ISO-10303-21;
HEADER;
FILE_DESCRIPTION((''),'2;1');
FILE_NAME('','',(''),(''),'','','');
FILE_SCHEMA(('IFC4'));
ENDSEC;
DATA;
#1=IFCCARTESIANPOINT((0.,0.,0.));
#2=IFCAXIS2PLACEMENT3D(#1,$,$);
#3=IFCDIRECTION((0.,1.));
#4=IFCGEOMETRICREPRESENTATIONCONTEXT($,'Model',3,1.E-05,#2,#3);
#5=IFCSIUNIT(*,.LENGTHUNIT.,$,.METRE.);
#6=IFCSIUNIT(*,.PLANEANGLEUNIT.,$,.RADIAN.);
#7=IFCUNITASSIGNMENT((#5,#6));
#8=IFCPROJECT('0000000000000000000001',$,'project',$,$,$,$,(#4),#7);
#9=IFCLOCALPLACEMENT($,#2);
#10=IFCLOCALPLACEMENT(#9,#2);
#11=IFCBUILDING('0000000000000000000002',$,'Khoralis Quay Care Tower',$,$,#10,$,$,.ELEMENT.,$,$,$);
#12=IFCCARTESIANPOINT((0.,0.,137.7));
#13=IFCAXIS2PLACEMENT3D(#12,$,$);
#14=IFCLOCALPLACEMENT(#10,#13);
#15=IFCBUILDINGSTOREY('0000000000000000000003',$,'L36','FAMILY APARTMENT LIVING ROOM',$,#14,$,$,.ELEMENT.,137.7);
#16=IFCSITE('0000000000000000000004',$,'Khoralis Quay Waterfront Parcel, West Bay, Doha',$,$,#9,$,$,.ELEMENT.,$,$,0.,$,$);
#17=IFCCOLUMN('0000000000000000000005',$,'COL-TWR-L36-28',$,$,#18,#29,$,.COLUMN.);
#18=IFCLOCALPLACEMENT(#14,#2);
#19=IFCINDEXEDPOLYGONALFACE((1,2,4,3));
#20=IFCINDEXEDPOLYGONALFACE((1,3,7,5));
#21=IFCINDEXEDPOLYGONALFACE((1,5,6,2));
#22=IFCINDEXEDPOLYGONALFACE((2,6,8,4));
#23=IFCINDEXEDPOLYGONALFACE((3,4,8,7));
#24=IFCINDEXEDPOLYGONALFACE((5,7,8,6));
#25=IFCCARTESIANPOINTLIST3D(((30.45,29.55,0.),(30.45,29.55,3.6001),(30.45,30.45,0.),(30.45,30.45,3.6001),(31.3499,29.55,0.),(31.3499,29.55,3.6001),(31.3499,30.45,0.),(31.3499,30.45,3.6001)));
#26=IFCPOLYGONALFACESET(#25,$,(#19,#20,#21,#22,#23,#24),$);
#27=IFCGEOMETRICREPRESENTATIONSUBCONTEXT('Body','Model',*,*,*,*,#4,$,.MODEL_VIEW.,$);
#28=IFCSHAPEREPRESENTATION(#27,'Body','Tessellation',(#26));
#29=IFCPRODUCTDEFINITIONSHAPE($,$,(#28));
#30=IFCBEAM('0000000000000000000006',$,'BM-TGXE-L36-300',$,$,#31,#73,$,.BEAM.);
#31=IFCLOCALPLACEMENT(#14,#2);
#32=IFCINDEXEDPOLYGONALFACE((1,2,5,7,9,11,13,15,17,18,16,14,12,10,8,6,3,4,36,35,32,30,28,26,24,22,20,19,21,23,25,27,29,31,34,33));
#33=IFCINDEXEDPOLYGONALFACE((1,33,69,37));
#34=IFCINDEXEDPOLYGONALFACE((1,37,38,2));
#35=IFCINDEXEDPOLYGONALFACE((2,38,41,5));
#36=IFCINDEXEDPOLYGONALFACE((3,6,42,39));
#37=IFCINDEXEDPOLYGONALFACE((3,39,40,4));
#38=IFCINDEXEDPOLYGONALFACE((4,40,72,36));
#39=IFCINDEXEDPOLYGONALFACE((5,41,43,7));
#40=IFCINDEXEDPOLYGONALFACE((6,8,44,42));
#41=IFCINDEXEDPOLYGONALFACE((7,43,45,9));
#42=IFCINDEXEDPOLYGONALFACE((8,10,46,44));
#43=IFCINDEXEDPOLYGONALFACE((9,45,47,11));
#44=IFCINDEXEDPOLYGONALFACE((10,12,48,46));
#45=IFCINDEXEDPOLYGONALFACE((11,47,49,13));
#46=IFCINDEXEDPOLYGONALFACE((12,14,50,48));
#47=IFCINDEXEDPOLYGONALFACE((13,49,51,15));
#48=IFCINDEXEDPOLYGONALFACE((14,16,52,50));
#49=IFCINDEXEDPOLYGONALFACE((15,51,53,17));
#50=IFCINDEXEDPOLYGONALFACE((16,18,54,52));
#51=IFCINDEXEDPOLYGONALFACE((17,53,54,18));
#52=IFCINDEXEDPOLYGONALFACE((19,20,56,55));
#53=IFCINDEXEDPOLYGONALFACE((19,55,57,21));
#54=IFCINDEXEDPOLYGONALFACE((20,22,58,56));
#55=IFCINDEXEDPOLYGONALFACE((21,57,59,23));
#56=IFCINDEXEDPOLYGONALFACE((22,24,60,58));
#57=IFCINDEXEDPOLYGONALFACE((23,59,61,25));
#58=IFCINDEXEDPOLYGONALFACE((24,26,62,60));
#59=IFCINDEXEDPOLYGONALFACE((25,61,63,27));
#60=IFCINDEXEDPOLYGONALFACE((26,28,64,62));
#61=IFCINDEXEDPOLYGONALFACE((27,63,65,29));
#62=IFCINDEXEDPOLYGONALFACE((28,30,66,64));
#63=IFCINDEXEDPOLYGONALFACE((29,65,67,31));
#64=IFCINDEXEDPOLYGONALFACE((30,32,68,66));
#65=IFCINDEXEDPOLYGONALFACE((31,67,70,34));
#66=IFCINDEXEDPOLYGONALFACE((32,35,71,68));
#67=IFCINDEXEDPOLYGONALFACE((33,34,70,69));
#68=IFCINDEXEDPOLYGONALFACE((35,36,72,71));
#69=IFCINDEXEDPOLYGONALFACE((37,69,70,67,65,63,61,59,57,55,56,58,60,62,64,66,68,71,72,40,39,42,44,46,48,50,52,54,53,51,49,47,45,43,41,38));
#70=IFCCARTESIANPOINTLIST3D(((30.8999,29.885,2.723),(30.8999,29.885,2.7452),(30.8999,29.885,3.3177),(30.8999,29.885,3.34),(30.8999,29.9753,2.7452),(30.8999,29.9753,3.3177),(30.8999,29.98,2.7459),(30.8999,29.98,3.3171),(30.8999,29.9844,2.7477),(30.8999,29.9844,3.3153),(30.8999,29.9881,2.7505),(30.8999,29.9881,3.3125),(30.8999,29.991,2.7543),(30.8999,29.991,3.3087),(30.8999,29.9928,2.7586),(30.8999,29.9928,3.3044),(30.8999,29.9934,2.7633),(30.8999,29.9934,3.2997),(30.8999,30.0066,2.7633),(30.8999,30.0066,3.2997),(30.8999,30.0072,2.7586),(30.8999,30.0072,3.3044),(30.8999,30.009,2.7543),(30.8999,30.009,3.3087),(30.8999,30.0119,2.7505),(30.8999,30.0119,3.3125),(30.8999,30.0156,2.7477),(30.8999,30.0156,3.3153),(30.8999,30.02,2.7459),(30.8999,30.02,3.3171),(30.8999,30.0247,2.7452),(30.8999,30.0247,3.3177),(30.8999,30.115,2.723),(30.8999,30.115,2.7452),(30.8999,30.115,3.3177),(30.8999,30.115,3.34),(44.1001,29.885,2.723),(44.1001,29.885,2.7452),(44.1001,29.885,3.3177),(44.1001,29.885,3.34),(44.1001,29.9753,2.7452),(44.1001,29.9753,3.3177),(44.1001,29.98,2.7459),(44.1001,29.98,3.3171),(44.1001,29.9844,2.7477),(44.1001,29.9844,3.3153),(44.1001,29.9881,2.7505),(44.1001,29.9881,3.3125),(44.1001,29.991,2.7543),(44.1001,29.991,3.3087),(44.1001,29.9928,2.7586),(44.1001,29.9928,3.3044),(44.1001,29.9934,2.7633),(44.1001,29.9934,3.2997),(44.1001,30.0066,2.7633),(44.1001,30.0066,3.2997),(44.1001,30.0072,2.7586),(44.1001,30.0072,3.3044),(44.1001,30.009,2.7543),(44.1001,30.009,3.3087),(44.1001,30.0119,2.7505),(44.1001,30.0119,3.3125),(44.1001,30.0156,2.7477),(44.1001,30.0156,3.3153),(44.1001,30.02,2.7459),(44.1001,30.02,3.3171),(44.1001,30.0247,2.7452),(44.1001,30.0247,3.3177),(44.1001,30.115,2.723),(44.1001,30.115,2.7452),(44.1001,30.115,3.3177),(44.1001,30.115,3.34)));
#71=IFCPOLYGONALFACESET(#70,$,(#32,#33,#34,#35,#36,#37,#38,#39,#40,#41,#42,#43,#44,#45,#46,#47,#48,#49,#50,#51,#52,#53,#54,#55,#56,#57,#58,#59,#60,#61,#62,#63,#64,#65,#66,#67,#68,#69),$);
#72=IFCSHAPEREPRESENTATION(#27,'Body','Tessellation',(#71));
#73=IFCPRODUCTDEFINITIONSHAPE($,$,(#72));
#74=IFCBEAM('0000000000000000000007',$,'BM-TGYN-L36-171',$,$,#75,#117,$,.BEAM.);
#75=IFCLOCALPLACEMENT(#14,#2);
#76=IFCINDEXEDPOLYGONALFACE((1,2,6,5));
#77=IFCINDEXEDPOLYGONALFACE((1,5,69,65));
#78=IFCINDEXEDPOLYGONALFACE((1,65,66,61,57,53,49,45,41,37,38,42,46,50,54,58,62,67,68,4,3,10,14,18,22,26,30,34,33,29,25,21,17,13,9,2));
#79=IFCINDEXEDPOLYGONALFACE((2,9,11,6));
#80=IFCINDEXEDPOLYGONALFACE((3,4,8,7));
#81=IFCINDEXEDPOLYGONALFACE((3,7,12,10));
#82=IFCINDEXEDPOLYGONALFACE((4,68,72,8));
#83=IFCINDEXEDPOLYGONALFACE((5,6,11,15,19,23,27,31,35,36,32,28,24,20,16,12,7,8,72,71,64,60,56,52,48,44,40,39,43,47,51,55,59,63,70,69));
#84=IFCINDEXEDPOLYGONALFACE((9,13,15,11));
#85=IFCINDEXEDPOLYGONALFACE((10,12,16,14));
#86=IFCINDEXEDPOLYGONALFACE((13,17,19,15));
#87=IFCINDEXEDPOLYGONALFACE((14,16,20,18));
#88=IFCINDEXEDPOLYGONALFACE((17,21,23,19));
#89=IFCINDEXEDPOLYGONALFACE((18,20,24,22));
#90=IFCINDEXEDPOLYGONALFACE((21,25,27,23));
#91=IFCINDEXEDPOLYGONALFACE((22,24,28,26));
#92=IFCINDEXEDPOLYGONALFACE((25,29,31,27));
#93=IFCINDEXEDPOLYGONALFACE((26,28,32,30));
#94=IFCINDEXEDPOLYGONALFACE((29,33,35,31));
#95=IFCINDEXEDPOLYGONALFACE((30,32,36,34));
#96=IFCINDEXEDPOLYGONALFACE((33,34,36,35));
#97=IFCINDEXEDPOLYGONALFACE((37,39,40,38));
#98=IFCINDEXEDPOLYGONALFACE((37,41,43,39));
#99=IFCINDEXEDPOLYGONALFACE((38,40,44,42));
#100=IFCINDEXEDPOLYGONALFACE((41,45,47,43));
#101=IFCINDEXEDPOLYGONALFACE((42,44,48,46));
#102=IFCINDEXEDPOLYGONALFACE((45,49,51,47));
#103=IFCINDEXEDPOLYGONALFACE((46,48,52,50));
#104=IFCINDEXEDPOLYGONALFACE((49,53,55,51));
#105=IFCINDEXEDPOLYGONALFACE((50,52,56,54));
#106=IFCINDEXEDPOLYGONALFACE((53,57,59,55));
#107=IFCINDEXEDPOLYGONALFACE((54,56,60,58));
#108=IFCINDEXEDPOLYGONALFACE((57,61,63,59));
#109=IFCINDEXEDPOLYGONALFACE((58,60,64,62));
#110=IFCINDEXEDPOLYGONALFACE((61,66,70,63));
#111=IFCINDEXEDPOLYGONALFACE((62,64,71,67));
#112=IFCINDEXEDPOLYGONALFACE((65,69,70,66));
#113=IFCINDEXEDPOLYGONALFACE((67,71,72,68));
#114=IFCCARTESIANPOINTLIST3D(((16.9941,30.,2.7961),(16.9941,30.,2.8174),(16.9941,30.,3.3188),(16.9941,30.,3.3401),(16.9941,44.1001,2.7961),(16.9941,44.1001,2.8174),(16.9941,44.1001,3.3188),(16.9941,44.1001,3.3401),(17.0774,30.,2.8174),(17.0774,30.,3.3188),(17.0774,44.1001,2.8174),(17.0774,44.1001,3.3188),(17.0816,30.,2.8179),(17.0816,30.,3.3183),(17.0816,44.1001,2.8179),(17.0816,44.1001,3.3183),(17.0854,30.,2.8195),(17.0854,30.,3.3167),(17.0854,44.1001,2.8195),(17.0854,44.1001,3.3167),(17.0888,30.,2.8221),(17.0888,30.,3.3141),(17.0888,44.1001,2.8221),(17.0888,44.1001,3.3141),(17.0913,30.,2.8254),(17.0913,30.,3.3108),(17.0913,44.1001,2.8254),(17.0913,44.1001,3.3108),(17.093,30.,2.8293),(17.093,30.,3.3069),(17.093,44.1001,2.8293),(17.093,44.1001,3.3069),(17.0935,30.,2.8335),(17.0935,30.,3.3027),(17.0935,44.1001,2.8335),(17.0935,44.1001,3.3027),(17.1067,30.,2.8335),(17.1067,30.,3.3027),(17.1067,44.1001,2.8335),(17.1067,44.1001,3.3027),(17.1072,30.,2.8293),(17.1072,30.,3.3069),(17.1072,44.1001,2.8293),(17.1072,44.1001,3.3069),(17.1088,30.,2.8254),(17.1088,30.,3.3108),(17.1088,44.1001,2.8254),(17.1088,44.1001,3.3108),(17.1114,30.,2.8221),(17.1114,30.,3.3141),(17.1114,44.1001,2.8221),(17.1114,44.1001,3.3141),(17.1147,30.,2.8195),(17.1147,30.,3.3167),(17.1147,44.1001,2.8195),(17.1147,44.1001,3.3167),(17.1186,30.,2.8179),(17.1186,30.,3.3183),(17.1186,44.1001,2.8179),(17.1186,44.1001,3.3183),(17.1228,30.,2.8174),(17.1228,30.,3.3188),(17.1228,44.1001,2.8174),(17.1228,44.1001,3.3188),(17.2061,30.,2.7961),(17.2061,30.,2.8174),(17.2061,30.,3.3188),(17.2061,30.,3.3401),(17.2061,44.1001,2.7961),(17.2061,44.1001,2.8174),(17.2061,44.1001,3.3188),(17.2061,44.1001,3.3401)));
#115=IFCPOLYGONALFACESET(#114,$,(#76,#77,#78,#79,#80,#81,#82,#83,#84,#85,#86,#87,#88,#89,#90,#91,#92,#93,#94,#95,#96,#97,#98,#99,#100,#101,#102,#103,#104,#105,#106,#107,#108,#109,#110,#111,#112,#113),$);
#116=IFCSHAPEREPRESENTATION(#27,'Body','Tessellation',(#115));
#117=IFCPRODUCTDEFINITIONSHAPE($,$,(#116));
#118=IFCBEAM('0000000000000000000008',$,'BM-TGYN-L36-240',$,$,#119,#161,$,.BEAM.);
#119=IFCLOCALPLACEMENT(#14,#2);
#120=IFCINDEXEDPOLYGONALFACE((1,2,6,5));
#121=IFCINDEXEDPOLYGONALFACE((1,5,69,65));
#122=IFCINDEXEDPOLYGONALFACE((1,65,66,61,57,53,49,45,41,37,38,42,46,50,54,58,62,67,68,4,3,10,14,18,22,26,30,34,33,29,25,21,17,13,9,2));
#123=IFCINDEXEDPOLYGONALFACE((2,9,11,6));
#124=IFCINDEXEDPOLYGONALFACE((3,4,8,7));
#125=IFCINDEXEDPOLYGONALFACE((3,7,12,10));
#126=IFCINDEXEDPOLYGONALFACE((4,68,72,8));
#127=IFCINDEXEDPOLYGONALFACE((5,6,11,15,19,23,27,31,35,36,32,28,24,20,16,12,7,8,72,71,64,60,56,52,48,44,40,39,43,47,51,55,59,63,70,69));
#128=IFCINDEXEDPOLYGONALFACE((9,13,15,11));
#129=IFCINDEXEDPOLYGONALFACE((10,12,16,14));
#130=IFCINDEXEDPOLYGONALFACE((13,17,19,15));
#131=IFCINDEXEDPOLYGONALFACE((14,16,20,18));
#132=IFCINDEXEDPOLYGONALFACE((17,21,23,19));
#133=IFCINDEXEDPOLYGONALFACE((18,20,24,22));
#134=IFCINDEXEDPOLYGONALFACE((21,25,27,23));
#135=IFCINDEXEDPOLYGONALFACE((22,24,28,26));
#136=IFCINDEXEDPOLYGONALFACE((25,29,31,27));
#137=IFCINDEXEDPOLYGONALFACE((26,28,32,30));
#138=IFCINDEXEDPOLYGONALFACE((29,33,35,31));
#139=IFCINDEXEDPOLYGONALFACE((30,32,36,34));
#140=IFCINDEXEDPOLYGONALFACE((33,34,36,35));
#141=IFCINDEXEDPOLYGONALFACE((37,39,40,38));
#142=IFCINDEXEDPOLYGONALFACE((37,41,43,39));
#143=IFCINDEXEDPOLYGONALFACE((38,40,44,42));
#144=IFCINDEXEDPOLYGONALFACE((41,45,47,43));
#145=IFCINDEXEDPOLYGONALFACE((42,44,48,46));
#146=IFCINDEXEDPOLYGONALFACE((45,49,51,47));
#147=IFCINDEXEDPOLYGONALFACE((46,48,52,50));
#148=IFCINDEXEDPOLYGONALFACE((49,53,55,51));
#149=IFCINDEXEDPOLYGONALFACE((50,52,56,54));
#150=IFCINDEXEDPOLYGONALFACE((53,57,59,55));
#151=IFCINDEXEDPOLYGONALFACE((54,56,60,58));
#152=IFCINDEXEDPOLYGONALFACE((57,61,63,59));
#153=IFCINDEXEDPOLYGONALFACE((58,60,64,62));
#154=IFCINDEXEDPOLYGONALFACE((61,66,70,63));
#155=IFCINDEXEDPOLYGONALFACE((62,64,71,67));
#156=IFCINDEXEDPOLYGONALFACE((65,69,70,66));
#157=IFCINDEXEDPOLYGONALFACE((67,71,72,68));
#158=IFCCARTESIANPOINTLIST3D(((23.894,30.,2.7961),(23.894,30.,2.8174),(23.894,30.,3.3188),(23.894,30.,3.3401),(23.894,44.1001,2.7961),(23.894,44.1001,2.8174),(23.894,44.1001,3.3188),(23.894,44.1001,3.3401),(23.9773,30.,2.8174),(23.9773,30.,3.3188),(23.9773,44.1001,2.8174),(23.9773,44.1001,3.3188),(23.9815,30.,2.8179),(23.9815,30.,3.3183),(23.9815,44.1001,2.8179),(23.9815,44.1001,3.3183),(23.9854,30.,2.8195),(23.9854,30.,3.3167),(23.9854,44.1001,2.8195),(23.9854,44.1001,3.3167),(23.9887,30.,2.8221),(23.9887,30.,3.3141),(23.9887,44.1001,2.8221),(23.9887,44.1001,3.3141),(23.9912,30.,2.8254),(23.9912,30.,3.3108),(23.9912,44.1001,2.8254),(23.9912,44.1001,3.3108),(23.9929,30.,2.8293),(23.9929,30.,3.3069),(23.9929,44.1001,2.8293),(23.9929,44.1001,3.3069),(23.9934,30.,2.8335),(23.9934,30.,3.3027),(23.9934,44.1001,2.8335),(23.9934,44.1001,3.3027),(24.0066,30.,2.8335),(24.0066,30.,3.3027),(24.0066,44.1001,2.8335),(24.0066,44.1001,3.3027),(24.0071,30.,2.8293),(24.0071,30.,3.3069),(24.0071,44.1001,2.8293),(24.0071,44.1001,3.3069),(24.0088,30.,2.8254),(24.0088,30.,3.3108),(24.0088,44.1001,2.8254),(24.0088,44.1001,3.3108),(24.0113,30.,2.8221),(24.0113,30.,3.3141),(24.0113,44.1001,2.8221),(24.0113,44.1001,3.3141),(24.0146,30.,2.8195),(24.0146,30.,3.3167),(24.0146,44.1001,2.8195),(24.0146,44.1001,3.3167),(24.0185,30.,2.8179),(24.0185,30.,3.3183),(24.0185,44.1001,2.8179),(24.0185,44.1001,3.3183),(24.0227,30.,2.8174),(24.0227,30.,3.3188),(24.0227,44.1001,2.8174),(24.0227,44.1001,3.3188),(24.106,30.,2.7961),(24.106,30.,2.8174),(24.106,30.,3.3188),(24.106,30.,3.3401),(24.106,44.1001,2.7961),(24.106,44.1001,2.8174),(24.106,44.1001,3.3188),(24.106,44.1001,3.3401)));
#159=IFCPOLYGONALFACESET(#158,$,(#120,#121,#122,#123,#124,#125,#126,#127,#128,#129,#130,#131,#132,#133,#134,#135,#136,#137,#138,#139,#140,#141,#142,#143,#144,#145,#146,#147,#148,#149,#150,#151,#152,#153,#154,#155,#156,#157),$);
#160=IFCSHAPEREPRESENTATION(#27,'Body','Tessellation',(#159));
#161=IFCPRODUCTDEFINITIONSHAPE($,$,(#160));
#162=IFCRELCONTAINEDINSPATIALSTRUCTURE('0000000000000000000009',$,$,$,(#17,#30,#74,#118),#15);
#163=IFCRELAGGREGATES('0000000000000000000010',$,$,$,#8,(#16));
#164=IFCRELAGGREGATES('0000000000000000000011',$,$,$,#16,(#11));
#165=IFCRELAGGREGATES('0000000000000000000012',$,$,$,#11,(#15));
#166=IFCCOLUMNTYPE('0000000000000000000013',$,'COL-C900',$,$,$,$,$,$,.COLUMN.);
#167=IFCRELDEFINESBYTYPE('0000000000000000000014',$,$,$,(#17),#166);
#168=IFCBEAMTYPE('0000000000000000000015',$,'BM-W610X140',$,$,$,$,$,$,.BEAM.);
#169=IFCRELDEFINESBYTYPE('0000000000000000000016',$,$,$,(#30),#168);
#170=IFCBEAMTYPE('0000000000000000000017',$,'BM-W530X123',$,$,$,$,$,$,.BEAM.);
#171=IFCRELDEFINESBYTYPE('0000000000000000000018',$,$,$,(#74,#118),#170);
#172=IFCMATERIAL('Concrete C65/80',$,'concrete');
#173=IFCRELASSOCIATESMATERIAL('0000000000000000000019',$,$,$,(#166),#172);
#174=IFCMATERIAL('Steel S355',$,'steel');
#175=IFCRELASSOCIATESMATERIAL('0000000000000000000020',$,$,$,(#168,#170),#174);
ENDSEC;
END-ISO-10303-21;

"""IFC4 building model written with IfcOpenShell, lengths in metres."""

from ifc_helpers import new_model, si_unit, direction, frame, origin, origin_2d, place, context, subcontext, project, spatial, rectangle, i_section, extrude, source, transform, mapped, material, material_profile, profile_set, type_object, element, save


model = new_model("IFC4")

# Units and contexts
model_context = context("Model", 3, precision=1e-05, world=origin(), true_north=direction((0.0, 1.0)))
body_context = subcontext(model_context, "Body", "Model", "MODEL_VIEW")
ifc_project = project(units=[si_unit("LENGTHUNIT", "METRE"), si_unit("PLANEANGLEUNIT", "RADIAN")], contexts=[model_context])

# Site, building, storey
site_placement = place(None, origin())
site = spatial("IfcSite", under=ifc_project, at=site_placement, Name="Khoralis Quay Waterfront Parcel, West Bay, Doha", CompositionType="ELEMENT", RefElevation=0.0)
building_placement = place(site_placement, origin())
building = spatial("IfcBuilding", under=site, at=building_placement, Name="Khoralis Quay Care Tower", CompositionType="ELEMENT")
storey_placement = place(building_placement, frame((0.0, 0.0, 137.7)))
storey = spatial("IfcBuildingStorey", under=building, at=storey_placement, Name="L36", Description="FAMILY APARTMENT LIVING ROOM", CompositionType="ELEMENT", Elevation=137.7)

# Column
ifc_material_1 = material(Name="Concrete C65/80", Category="concrete")
ifc_material_profile_1 = material_profile(ifc_material_1, rectangle(XDim=0.8999, YDim=0.8999, at=origin_2d()), Name="Concrete C65/80")
ifc_profile_set_1 = profile_set([ifc_material_profile_1], Name="Concrete C65/80")
column_type = type_object("IfcColumnType", Name="COL-C900", PredefinedType="COLUMN", material=ifc_profile_set_1)
shared_shape_1 = source(origin(), body_context, "Body", "SweptSolid", [
    extrude(rectangle(XDim=0.8999, YDim=0.8999, at=origin_2d()), origin(), (0.0, 0.0, 1.0), 3.6001),
])
column_placement = place(storey_placement, frame((30.8999, 30.0, 0.0), z_axis=(0.0, 0.0, 1.0), x_axis=(1.0, 0.0, 0.0)))
element("IfcColumn", 1, at=column_placement, inside=storey, type_object=column_type, Name="COL-TWR-L36-28", PredefinedType="COLUMN", context=body_context, shape_type="MappedRepresentation", body=[
    mapped(shared_shape_1, transform((0.0, 0.0, 0.0), scale=1.0)),
])

# Beams
ifc_material_2 = material(Name="Steel S355", Category="steel")
ifc_material_profile_2 = material_profile(ifc_material_2, i_section(OverallWidth=0.23, OverallDepth=0.6169, WebThickness=0.0132, FlangeThickness=0.0222, FilletRadius=0.0181, at=origin_2d()), Name="Steel S355")
ifc_profile_set_2 = profile_set([ifc_material_profile_2], Name="Steel S355")
beam_type_1 = type_object("IfcBeamType", Name="BM-W610X140", PredefinedType="BEAM", material=ifc_profile_set_2)
shared_shape_2 = source(origin(), body_context, "Body", "SweptSolid", [
    extrude(i_section(OverallWidth=0.23, OverallDepth=0.6169, WebThickness=0.0132, FlangeThickness=0.0222, FilletRadius=0.0181, at=origin_2d()), origin(), (0.0, 0.0, 1.0), 13.2002),
])
beam_1_placement = place(storey_placement, frame((30.8999, 30.0, 3.0315), z_axis=(1.0, 0.0, 0.0), x_axis=(0.0, 1.0, 0.0)))
element("IfcBeam", 2, at=beam_1_placement, inside=storey, type_object=beam_type_1, Name="BM-TGXE-L36-300", PredefinedType="BEAM", context=body_context, shape_type="MappedRepresentation", body=[
    mapped(shared_shape_2, transform((0.0, 0.0, 0.0), scale=1.0)),
])
ifc_material_profile_3 = material_profile(ifc_material_2, i_section(OverallWidth=0.2119, OverallDepth=0.5439, WebThickness=0.0132, FlangeThickness=0.0212, FilletRadius=0.0161, at=origin_2d()), Name="Steel S355")
ifc_profile_set_3 = profile_set([ifc_material_profile_3], Name="Steel S355")
beam_type_2 = type_object("IfcBeamType", Name="BM-W530X123", PredefinedType="BEAM", material=ifc_profile_set_3)
shared_shape_3 = source(origin(), body_context, "Body", "SweptSolid", [
    extrude(i_section(OverallWidth=0.2119, OverallDepth=0.5439, WebThickness=0.0132, FlangeThickness=0.0212, FilletRadius=0.0161, at=origin_2d()), origin(), (0.0, 0.0, 1.0), 14.1001),
])
for number, where, z_axis, x_axis, name in (
    (3, (17.1001, 30.0, 3.0681), (0.0, 1.0, 0.0), (-1.0, 0.0, 0.0), "BM-TGYN-L36-171"),
    (4, (24.0, 30.0, 3.0681), (0.0, 1.0, 0.0), (-1.0, 0.0, 0.0), "BM-TGYN-L36-240"),
):
    element("IfcBeam", number, at=place(storey_placement, frame(where, z_axis=z_axis, x_axis=x_axis)), inside=storey, type_object=beam_type_2, Name=name, PredefinedType="BEAM", context=body_context, shape_type="MappedRepresentation", body=[
        mapped(shared_shape_3, transform((0.0, 0.0, 0.0), scale=1.0)),
    ])

save(model, "model.ifc")
